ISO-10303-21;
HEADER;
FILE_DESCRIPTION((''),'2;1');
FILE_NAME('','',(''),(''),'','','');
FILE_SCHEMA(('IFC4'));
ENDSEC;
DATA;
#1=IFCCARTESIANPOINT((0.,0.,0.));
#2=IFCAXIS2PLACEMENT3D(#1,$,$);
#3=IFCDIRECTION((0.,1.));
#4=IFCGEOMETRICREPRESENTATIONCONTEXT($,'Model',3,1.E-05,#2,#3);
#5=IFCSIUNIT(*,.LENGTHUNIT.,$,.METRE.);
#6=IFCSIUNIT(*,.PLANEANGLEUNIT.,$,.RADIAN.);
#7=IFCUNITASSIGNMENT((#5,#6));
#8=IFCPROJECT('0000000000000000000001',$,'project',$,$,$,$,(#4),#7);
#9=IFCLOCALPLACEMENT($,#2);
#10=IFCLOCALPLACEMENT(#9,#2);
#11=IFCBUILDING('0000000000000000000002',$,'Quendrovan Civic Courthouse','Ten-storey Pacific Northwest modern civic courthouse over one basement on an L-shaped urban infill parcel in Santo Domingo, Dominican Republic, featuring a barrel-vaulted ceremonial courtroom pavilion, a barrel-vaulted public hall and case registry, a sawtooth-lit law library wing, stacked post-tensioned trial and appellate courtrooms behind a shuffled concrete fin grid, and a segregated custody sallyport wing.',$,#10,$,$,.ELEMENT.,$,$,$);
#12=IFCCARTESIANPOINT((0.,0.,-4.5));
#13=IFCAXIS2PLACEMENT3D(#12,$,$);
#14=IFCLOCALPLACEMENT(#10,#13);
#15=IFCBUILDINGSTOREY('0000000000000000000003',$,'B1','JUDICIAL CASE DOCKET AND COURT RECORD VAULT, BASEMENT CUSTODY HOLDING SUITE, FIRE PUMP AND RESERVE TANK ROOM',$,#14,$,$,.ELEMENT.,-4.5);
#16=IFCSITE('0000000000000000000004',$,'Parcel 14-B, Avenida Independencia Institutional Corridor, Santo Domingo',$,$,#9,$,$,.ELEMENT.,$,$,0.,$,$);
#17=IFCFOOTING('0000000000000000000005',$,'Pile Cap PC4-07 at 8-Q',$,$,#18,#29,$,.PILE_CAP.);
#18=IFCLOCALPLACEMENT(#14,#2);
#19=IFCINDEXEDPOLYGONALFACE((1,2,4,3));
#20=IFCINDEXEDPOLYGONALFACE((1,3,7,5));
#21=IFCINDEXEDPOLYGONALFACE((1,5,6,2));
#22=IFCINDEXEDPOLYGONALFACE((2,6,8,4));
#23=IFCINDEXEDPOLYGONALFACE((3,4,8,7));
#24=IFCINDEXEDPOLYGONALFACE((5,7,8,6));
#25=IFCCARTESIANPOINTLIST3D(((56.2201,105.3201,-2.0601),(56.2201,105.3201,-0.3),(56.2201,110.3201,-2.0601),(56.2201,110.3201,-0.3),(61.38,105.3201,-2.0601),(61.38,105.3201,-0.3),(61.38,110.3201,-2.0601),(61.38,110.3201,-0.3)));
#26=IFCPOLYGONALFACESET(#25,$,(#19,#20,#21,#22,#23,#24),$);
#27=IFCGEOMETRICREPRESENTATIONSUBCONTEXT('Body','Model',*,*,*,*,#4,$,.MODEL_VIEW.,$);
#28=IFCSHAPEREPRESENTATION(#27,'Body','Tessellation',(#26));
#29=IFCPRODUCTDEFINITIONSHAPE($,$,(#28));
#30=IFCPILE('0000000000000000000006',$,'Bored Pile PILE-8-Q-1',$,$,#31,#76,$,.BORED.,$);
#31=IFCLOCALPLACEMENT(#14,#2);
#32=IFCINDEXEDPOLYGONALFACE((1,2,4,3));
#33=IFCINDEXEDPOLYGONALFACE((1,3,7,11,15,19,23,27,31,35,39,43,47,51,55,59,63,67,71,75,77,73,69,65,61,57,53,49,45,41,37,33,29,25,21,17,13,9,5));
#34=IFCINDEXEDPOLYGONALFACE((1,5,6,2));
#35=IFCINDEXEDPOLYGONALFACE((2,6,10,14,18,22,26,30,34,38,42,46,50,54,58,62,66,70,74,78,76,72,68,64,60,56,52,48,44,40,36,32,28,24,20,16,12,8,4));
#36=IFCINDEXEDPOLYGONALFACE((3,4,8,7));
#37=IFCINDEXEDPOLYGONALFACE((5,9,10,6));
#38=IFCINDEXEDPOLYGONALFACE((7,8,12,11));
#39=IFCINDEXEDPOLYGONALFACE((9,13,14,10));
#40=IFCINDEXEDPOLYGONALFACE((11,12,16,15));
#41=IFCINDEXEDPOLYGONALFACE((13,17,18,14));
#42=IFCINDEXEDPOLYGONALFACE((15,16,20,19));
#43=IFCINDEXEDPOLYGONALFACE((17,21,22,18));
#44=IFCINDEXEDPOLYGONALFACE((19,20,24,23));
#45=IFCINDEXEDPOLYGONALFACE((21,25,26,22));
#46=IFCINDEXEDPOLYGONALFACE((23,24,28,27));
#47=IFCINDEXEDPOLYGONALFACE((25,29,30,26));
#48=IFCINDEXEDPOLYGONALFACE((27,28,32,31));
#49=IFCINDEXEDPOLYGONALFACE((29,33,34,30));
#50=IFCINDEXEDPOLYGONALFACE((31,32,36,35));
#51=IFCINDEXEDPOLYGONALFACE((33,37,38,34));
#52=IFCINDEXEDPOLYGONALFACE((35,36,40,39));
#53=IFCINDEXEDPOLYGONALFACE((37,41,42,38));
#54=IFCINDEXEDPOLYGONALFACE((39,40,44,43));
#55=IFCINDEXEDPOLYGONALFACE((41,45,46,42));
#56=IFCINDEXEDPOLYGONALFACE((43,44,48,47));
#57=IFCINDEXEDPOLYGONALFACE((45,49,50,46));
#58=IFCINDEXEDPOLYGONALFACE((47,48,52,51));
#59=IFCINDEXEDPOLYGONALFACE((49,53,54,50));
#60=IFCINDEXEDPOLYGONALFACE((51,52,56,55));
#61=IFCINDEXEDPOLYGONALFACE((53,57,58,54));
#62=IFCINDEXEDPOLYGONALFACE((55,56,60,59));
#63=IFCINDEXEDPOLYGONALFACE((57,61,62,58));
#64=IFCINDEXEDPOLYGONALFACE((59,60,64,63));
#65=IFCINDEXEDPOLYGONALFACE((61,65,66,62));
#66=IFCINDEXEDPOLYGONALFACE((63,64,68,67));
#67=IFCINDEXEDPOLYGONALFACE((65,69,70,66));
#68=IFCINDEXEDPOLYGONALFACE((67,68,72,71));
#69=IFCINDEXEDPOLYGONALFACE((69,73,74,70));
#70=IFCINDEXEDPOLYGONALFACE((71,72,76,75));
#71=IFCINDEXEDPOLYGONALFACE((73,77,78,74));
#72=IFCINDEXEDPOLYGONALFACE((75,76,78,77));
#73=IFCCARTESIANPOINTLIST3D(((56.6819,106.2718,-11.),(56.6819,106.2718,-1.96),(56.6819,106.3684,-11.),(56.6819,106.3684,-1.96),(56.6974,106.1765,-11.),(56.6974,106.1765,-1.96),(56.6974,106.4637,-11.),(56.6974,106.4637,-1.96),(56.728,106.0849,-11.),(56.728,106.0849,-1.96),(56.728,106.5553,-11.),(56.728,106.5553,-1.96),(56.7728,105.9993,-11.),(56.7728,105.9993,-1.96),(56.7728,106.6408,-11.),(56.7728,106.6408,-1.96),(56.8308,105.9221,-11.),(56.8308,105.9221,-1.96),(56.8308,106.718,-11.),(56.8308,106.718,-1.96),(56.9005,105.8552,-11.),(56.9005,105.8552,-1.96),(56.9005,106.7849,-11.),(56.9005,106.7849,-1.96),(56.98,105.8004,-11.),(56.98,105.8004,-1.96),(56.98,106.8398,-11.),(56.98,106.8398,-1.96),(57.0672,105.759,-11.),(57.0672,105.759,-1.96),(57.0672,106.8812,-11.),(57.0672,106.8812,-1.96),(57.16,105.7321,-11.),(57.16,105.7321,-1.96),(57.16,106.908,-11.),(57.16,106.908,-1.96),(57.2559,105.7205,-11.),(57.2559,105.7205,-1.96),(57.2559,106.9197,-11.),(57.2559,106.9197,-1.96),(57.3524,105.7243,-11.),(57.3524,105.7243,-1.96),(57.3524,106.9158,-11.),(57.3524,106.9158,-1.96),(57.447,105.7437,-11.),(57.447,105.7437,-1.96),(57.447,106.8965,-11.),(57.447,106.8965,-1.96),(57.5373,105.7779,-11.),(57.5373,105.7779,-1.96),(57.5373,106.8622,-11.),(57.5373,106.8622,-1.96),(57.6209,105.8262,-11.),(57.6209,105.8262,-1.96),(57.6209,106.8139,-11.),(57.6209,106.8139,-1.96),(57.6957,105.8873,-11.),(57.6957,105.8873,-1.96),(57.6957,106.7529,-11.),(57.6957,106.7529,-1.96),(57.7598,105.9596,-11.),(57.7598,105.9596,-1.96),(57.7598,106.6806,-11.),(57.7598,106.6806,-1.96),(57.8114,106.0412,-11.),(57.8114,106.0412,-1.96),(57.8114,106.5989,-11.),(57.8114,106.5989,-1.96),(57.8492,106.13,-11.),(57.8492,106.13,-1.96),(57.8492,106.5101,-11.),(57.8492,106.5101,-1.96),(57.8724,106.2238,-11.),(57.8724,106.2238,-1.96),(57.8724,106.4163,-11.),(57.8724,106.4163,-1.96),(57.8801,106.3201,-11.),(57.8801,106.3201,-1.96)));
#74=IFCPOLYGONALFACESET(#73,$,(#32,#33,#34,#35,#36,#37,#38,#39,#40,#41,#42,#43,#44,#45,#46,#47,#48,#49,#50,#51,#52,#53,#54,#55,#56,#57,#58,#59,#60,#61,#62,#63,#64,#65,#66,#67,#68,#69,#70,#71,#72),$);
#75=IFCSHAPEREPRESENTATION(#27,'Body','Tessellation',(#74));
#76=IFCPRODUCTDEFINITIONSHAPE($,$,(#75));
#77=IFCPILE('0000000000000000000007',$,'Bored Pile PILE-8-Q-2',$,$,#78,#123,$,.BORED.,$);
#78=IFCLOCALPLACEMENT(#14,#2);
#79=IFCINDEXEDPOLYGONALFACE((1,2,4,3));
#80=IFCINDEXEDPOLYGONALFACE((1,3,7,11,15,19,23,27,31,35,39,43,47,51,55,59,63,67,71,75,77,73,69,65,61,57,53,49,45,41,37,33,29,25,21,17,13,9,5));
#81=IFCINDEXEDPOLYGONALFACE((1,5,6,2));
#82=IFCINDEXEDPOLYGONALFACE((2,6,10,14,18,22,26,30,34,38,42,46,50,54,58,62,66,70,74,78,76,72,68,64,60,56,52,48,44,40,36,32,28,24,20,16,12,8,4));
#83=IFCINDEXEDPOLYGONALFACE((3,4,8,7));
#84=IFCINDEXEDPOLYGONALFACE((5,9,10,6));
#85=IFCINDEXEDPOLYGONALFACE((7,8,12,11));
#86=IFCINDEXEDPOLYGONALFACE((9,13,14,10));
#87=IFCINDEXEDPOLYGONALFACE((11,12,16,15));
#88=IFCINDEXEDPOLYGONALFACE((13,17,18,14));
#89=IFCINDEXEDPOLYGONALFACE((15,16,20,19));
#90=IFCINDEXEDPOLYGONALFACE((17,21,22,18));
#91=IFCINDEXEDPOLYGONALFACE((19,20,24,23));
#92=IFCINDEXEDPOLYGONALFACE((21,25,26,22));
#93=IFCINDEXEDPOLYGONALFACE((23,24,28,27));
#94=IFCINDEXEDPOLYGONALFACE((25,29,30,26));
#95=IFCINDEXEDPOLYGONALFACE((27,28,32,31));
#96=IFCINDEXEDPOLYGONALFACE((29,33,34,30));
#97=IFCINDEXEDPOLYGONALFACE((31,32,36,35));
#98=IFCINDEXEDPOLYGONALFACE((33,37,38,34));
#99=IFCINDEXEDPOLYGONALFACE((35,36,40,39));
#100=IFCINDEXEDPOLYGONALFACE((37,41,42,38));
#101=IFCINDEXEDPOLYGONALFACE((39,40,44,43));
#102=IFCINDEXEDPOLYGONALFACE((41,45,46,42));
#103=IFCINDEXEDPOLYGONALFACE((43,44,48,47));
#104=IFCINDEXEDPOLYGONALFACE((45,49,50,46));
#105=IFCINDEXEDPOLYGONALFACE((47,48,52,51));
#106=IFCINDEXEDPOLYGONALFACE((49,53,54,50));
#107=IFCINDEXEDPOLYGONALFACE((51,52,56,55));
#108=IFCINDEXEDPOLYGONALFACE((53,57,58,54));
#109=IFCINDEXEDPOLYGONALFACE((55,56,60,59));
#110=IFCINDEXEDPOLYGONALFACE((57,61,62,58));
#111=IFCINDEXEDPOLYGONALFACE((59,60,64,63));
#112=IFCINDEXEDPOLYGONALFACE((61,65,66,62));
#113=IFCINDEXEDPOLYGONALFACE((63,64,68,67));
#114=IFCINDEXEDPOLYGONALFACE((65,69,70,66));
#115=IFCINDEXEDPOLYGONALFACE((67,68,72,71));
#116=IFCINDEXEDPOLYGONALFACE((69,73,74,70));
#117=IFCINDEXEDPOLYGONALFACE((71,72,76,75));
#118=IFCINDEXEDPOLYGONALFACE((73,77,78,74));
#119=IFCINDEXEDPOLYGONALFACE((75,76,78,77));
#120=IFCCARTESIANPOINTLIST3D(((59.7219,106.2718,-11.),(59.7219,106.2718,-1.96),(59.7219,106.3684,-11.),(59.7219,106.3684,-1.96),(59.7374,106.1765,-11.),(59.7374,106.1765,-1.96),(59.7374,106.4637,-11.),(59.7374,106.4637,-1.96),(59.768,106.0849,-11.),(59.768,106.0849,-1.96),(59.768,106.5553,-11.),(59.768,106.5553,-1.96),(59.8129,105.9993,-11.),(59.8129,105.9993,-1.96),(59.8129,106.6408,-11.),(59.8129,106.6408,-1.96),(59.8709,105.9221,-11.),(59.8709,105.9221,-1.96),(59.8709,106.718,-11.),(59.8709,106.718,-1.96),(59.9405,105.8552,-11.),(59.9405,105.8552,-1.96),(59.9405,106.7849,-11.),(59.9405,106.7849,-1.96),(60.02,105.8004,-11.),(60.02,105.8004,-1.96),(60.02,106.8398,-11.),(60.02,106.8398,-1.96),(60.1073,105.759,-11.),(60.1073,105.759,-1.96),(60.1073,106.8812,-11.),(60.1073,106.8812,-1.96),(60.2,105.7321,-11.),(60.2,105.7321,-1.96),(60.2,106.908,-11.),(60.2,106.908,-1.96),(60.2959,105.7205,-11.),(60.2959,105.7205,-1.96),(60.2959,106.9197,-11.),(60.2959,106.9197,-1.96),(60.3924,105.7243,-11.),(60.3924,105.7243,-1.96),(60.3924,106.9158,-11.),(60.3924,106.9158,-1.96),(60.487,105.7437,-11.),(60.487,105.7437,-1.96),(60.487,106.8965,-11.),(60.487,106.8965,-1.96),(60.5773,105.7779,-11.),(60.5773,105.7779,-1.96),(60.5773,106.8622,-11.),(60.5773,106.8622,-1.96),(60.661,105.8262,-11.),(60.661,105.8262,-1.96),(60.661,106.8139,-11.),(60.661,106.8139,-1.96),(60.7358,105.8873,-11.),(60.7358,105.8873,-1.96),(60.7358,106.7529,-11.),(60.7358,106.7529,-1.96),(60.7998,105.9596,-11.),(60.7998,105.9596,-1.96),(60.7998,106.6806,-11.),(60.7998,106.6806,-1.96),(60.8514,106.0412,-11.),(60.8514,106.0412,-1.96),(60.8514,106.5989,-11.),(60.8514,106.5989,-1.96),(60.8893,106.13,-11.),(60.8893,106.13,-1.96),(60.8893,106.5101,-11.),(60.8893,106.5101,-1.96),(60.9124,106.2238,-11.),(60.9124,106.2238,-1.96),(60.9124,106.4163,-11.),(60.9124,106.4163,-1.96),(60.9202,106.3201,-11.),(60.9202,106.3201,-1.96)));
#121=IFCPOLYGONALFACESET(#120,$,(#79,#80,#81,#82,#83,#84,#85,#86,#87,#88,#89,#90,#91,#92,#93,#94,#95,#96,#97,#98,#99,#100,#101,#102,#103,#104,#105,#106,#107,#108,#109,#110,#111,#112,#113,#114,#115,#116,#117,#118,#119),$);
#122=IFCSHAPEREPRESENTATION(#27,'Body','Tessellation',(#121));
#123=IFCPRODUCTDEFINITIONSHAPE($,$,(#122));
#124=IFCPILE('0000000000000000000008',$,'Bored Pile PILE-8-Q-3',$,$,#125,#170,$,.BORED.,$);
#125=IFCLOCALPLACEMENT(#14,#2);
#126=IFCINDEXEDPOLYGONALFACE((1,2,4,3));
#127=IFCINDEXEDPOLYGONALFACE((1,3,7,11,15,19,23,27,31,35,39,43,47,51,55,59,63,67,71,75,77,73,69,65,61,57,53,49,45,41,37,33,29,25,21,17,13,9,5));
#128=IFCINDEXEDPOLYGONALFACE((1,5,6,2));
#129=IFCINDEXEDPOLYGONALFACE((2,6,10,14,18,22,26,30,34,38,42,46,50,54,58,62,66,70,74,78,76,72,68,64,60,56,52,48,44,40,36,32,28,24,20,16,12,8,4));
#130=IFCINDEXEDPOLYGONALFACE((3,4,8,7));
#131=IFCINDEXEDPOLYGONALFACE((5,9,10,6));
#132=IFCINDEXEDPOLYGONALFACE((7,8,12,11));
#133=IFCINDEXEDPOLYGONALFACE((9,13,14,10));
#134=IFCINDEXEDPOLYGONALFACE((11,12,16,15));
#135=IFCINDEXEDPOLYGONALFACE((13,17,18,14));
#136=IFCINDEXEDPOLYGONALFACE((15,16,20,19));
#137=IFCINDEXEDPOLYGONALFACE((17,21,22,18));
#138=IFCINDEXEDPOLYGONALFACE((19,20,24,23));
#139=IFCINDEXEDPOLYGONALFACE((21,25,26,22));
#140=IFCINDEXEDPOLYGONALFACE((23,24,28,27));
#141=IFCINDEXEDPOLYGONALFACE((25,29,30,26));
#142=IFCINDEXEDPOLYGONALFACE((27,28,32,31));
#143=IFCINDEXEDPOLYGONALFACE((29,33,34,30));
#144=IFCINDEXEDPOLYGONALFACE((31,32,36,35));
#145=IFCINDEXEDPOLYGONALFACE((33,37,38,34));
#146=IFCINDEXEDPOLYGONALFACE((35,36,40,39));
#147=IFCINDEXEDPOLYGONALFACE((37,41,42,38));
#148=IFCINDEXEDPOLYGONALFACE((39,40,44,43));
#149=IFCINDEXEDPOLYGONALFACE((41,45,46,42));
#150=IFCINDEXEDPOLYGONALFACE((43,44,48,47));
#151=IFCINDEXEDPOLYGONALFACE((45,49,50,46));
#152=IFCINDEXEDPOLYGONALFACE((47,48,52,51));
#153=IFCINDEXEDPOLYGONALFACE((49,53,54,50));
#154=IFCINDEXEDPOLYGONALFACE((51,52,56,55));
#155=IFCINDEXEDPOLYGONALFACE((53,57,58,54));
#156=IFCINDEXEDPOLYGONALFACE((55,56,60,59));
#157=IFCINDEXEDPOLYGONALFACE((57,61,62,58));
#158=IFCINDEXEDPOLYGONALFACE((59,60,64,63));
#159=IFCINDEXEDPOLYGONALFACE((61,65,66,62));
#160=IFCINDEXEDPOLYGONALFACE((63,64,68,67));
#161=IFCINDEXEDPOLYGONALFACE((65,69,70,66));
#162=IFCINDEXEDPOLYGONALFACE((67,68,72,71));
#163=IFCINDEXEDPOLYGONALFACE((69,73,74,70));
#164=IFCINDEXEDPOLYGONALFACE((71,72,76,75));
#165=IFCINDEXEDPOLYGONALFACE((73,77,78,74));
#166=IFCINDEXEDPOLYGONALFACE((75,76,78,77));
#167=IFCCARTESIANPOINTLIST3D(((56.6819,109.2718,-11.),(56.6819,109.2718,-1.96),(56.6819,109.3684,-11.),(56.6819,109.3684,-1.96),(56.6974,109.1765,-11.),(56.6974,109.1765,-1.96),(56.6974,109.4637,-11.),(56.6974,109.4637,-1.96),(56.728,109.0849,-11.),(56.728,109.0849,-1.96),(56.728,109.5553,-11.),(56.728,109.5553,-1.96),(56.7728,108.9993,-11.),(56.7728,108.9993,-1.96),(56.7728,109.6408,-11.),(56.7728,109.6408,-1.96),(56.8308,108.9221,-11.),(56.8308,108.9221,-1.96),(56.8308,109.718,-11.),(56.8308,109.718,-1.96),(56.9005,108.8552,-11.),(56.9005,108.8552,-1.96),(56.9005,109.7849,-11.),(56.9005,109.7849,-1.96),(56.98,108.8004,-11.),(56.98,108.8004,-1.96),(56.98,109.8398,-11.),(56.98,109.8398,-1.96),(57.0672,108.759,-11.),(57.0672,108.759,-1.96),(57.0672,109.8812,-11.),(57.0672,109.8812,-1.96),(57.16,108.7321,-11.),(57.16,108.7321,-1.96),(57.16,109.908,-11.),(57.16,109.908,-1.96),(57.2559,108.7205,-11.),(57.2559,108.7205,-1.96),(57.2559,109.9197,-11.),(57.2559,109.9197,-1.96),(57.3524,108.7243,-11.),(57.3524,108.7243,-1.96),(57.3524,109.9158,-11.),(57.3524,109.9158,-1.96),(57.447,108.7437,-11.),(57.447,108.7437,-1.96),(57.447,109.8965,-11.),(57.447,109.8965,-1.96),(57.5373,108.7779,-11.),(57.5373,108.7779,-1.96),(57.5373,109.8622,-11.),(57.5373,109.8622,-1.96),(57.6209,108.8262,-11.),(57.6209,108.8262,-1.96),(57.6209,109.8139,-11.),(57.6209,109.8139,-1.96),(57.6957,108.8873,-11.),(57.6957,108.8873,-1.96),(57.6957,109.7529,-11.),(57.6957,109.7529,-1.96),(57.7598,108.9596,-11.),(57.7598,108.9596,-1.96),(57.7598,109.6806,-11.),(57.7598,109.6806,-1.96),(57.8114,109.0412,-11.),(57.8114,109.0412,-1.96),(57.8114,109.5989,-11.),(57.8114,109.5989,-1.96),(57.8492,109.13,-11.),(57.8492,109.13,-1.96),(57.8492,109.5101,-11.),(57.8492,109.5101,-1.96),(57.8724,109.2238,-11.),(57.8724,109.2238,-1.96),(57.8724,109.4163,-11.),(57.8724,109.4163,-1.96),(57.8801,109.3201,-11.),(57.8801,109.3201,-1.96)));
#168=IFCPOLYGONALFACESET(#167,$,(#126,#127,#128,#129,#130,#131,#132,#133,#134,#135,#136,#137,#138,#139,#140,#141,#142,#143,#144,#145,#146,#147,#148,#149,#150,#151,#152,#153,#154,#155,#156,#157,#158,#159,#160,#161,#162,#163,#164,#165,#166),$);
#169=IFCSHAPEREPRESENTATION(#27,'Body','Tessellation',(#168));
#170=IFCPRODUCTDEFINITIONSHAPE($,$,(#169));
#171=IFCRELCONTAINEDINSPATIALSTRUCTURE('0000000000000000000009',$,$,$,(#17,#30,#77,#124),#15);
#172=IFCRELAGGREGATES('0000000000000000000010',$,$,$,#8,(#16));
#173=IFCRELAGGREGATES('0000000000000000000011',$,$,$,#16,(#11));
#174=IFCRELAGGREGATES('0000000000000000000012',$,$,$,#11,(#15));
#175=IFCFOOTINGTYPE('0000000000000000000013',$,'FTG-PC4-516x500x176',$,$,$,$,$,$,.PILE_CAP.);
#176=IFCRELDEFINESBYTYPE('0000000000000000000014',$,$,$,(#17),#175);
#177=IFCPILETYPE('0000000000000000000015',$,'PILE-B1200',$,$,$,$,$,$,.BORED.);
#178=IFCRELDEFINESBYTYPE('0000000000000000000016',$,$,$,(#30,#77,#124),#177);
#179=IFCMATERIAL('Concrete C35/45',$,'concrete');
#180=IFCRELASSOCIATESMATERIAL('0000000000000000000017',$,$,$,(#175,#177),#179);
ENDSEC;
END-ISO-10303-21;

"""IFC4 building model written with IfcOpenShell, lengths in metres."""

from ifc_helpers import new_model, si_unit, direction, frame, origin, origin_2d, place, context, subcontext, project, spatial, rectangle, circle, extrude, material, material_profile, profile_set, type_object, element, save


model = new_model("IFC4")

# Units and contexts
model_context = context("Model", 3, precision=1e-05, world=origin(), true_north=direction((0.0, 1.0)))
body_context = subcontext(model_context, "Body", "Model", "MODEL_VIEW")
ifc_project = project(units=[si_unit("LENGTHUNIT", "METRE"), si_unit("PLANEANGLEUNIT", "RADIAN")], contexts=[model_context])

# Site, building, storey
site_placement = place(None, origin())
site = spatial("IfcSite", under=ifc_project, at=site_placement, Name="Parcel 14-B, Avenida Independencia Institutional Corridor, Santo Domingo", CompositionType="ELEMENT", RefElevation=0.0)
building_placement = place(site_placement, origin())
building = spatial("IfcBuilding", under=site, at=building_placement, Name="Quendrovan Civic Courthouse", Description="Ten-storey Pacific Northwest modern civic courthouse over one basement on an L-shaped urban infill parcel in Santo Domingo, Dominican Republic, featuring a barrel-vaulted ceremonial courtroom pavilion, a barrel-vaulted public hall and case registry, a sawtooth-lit law library wing, stacked post-tensioned trial and appellate courtrooms behind a shuffled concrete fin grid, and a segregated custody sallyport wing.", CompositionType="ELEMENT")
storey_placement = place(building_placement, frame((0.0, 0.0, -4.5)))
storey = spatial("IfcBuildingStorey", under=building, at=storey_placement, Name="B1", Description="JUDICIAL CASE DOCKET AND COURT RECORD VAULT, BASEMENT CUSTODY HOLDING SUITE, FIRE PUMP AND RESERVE TANK ROOM", CompositionType="ELEMENT", Elevation=-4.5)

# Footing
ifc_material_1 = material(Name="Concrete C35/45", Category="concrete")
footing_type = type_object("IfcFootingType", Name="FTG-PC4-516x500x176", PredefinedType="PILE_CAP", material=ifc_material_1)
footing_placement = place(storey_placement, frame((58.8, 107.8201, -2.0601), z_axis=(0.0, 0.0, 1.0), x_axis=(1.0, 0.0, 0.0)))
element("IfcFooting", 1, at=footing_placement, inside=storey, type_object=footing_type, Name="Pile Cap PC4-07 at 8-Q", PredefinedType="PILE_CAP", context=body_context, shape_type="SweptSolid", body=[
    extrude(rectangle(XDim=5.1599, YDim=5.0, at=origin_2d()), origin(), (0.0, 0.0, 1.0), 1.76),
])

# Piles
ifc_material_profile_1 = material_profile(ifc_material_1, circle(Radius=0.6001, at=origin_2d()), Name="PILE-D1200")
ifc_profile_set_1 = profile_set([ifc_material_profile_1], Name="Concrete C35/45")
pile_type = type_object("IfcPileType", Name="PILE-B1200", PredefinedType="BORED", material=ifc_profile_set_1)
for number, where, z_axis, x_axis, name in (
    (2, (57.28, 106.3201, -1.96), (0.0, 0.0, -1.0), (1.0, 0.0, 0.0), "Bored Pile PILE-8-Q-1"),
    (3, (60.3201, 106.3201, -1.96), (0.0, 0.0, -1.0), (1.0, 0.0, 0.0), "Bored Pile PILE-8-Q-2"),
    (4, (57.28, 109.3201, -1.96), (0.0, 0.0, -1.0), (1.0, 0.0, 0.0), "Bored Pile PILE-8-Q-3"),
):
    element("IfcPile", number, at=place(storey_placement, frame(where, z_axis=z_axis, x_axis=x_axis)), inside=storey, type_object=pile_type, Name=name, PredefinedType="BORED", context=body_context, shape_type="SweptSolid", body=[
        extrude(circle(Radius=0.6001, at=origin_2d()), origin(), (0.0, 0.0, 1.0), 9.04),
    ])

save(model, "model.ifc")
